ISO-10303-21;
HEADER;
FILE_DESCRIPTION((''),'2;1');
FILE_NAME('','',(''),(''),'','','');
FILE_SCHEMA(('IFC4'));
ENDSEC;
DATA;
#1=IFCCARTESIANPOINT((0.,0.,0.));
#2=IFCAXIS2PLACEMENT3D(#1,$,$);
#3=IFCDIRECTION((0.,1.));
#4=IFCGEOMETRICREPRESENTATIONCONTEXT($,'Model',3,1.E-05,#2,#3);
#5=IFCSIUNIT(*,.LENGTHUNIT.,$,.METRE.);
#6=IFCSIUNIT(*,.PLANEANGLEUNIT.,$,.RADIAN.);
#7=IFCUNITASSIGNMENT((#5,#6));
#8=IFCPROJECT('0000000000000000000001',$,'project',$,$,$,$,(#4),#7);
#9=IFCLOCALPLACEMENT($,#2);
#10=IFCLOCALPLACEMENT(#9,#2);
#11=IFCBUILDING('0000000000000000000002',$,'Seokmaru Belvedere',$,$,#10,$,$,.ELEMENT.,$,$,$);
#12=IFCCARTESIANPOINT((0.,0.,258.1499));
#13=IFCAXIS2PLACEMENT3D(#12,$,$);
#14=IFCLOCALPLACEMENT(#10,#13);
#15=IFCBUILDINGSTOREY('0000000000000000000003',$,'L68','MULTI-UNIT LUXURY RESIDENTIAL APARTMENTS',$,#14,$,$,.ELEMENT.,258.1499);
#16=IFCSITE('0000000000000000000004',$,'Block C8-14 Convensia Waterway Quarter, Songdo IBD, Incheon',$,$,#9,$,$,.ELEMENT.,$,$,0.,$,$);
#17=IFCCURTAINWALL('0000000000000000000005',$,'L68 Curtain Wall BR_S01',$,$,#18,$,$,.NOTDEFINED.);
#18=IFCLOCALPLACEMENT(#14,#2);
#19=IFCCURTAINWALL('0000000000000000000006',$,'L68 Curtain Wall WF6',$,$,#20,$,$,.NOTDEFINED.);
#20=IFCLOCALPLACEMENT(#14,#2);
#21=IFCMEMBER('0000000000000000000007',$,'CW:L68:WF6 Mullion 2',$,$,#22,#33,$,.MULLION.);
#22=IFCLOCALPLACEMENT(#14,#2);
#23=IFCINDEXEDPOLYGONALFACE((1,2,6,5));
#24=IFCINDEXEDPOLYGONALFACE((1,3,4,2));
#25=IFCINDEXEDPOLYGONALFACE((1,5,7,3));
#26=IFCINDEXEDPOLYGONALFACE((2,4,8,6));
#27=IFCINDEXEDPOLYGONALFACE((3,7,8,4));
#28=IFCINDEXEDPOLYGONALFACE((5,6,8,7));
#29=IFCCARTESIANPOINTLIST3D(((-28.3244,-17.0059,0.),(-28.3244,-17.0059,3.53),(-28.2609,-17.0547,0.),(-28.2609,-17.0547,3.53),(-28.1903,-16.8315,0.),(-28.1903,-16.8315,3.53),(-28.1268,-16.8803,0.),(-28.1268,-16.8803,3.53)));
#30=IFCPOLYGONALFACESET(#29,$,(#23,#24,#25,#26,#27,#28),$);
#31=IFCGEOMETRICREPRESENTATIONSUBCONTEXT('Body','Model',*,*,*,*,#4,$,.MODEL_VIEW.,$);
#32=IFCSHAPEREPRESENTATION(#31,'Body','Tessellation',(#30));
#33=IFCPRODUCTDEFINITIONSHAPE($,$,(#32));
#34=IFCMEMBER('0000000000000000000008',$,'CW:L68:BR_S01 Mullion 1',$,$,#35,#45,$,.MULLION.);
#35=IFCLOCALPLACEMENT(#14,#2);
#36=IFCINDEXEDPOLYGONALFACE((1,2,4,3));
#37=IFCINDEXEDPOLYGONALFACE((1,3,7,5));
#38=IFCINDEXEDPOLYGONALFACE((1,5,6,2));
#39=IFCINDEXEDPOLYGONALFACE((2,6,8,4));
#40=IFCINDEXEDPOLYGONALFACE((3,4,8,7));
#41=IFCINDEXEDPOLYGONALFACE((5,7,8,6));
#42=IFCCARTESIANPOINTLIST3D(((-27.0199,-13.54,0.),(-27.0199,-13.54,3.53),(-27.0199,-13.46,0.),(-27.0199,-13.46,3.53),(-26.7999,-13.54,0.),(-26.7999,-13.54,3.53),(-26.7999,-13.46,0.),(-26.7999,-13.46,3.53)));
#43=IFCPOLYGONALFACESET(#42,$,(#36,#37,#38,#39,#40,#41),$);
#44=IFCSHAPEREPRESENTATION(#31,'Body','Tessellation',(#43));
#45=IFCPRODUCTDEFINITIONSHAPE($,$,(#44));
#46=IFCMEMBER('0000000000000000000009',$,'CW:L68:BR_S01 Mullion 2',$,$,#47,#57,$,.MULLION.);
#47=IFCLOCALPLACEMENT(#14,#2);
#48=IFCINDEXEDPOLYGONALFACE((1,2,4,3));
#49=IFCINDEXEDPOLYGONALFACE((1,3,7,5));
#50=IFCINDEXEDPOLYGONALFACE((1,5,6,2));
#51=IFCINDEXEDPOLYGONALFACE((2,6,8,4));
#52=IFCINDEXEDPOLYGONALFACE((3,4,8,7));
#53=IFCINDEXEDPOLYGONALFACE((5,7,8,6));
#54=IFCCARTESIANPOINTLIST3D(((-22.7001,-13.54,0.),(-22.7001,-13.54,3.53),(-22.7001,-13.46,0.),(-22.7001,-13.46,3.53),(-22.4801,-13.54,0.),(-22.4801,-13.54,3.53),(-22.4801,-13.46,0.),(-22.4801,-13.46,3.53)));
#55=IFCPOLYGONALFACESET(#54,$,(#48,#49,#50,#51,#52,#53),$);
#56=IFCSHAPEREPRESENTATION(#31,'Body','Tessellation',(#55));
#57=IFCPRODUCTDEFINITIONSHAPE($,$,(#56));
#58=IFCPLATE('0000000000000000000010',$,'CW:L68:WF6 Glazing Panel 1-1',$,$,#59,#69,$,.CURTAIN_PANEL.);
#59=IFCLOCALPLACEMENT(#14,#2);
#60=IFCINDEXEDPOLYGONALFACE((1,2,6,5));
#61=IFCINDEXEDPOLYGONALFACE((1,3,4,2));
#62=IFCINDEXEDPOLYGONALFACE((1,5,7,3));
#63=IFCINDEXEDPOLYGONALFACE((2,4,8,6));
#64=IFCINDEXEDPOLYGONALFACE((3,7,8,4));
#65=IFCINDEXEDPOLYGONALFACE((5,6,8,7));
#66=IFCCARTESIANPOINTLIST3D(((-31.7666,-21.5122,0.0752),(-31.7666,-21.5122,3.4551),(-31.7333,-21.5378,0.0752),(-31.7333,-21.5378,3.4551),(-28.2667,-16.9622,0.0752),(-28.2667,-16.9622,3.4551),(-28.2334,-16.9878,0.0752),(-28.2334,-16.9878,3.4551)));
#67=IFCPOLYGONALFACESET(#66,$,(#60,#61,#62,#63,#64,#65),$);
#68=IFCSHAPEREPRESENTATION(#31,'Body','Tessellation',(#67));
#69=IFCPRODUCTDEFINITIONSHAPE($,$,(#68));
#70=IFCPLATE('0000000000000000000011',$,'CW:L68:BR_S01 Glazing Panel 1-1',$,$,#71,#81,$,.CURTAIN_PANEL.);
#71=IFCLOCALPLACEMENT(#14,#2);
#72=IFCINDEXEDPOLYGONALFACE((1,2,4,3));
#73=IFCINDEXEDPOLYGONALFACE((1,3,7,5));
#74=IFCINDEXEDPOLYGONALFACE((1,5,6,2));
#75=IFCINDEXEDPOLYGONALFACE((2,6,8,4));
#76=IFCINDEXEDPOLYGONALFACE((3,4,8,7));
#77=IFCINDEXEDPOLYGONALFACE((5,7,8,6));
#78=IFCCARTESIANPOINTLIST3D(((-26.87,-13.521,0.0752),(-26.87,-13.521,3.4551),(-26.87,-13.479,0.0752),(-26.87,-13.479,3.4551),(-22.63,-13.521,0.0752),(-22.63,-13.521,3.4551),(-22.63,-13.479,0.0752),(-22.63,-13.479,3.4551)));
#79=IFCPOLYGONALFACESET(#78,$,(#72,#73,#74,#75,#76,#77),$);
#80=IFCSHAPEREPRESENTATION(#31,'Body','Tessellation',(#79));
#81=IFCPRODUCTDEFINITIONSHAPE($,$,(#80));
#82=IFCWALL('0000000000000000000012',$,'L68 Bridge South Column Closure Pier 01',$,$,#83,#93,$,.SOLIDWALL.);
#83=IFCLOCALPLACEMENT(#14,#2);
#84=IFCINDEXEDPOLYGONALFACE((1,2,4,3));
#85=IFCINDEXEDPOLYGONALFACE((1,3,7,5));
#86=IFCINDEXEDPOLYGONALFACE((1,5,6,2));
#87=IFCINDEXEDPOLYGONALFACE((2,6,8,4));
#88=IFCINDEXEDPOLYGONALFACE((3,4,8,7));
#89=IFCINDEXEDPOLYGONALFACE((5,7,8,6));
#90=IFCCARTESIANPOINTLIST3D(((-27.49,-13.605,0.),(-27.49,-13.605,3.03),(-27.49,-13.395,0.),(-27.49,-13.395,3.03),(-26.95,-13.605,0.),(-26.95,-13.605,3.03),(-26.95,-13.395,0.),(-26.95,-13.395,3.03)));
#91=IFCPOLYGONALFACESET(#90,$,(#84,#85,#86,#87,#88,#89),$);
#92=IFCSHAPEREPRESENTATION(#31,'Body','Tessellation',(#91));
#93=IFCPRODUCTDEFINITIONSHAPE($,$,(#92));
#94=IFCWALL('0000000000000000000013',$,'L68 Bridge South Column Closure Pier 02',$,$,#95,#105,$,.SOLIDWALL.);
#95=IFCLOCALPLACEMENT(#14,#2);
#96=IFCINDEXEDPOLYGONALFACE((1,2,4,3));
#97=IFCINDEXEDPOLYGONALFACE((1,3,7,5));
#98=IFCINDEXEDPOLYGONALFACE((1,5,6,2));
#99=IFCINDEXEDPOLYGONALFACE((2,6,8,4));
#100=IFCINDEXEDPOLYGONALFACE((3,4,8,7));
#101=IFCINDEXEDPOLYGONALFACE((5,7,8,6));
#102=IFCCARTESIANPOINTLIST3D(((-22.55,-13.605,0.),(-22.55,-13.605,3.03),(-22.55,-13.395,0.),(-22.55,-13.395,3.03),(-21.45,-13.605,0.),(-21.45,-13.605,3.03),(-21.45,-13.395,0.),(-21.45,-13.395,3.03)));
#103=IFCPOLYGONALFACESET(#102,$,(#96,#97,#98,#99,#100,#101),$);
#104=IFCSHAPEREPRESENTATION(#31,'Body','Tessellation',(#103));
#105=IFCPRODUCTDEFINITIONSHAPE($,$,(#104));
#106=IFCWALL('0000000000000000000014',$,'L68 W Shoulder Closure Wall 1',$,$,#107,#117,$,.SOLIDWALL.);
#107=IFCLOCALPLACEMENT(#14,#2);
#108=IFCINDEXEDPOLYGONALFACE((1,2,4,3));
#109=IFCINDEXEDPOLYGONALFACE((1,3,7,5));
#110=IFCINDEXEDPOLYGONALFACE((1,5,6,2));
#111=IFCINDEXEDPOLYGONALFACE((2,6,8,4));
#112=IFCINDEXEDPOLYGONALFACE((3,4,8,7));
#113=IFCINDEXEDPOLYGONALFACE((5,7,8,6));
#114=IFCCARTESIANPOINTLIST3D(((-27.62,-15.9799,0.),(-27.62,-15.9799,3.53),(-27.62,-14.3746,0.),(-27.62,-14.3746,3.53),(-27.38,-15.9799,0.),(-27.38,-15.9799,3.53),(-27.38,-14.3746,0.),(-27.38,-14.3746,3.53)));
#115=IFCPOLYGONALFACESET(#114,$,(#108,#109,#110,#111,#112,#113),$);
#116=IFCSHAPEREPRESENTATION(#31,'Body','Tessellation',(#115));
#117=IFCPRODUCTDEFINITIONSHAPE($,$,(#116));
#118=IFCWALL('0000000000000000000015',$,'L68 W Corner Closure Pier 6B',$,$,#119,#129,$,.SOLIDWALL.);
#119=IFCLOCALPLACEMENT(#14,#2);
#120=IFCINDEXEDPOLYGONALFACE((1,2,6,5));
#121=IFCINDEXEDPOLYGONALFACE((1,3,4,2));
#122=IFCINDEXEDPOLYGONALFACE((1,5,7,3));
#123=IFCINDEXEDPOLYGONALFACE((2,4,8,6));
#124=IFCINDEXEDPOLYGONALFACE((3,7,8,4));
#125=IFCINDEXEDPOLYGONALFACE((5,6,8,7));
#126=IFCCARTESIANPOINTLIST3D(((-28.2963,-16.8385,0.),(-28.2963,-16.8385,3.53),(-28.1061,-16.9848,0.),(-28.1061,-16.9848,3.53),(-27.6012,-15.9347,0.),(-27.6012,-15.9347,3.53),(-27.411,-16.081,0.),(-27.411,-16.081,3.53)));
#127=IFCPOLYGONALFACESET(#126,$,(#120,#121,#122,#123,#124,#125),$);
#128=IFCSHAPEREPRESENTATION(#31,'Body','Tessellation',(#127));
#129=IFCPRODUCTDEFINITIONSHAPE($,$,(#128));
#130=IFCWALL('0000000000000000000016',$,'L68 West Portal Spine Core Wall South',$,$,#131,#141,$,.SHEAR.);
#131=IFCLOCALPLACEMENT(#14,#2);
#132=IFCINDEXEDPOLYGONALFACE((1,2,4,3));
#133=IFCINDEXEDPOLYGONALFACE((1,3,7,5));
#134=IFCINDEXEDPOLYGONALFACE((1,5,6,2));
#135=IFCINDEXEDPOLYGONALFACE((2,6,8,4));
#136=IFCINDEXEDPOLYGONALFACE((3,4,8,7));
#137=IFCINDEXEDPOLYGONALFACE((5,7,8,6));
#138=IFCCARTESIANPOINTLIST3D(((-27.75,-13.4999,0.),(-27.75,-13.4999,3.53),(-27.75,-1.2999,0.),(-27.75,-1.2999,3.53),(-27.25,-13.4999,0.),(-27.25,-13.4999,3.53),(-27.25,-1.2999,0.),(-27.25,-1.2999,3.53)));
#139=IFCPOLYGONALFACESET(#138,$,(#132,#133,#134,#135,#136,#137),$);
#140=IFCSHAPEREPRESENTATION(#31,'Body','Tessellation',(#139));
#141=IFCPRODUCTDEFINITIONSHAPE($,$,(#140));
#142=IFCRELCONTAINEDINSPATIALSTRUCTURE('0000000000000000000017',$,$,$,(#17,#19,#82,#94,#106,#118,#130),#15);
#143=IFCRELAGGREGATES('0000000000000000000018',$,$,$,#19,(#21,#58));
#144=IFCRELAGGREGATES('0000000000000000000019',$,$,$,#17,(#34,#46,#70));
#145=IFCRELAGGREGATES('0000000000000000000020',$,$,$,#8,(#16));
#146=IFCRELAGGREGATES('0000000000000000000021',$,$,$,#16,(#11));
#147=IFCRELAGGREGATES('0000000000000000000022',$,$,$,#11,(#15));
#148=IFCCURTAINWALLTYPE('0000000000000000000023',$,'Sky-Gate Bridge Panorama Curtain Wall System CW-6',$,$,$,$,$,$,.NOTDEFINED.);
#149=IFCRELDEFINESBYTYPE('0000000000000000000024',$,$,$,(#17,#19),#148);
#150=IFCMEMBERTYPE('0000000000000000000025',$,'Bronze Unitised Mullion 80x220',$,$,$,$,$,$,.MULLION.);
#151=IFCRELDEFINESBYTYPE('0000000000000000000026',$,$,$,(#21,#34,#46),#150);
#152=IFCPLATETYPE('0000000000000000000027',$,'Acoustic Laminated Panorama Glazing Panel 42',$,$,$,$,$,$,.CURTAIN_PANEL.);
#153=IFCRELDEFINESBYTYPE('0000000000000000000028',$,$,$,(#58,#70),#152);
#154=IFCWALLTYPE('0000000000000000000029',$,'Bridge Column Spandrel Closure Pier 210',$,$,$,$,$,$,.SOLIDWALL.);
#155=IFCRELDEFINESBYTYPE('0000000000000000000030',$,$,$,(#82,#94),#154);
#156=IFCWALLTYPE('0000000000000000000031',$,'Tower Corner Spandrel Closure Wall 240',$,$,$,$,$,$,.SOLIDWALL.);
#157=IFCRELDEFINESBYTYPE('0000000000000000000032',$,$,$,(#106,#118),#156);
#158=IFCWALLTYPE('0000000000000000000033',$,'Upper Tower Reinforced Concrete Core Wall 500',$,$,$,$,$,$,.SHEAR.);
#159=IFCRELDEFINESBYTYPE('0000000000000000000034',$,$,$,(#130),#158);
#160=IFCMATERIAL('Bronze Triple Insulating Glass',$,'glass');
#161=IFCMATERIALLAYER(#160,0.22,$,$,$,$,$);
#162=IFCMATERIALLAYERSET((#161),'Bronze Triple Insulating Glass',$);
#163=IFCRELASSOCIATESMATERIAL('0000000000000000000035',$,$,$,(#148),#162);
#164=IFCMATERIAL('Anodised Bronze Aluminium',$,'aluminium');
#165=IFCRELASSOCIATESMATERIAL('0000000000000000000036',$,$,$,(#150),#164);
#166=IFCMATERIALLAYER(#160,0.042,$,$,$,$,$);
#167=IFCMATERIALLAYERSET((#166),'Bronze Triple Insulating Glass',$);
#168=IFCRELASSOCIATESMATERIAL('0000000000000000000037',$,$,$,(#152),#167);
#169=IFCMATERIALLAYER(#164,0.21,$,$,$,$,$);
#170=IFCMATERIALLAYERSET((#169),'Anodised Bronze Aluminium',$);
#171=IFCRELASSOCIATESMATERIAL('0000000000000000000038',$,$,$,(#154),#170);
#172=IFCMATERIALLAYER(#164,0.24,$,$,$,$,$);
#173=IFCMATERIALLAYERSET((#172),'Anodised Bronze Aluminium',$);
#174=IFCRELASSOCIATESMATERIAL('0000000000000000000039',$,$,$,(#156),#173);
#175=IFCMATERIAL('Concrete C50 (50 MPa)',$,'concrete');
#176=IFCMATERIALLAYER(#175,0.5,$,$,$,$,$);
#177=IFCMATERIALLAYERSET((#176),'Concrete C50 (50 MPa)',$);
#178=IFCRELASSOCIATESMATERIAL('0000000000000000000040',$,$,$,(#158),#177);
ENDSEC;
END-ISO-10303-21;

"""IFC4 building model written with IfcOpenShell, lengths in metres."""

from ifc_helpers import new_model, si_unit, direction, frame, frame_2d, origin, origin_2d, place, context, subcontext, project, spatial, rectangle, extrude, source, transform, mapped, material, layer, layer_set, material_profile, profile_set, type_object, type_shapes, element, aggregate, save


model = new_model("IFC4")

# Units and contexts
model_context = context("Model", 3, precision=1e-05, world=origin(), true_north=direction((0.0, 1.0)))
body_context = subcontext(model_context, "Body", "Model", "MODEL_VIEW")
ifc_project = project(units=[si_unit("LENGTHUNIT", "METRE"), si_unit("PLANEANGLEUNIT", "RADIAN")], contexts=[model_context])

# Site, building, storey
site_placement = place(None, origin())
site = spatial("IfcSite", under=ifc_project, at=site_placement, Name="Block C8-14 Convensia Waterway Quarter, Songdo IBD, Incheon", CompositionType="ELEMENT", RefElevation=0.0)
building_placement = place(site_placement, origin())
building = spatial("IfcBuilding", under=site, at=building_placement, Name="Seokmaru Belvedere", CompositionType="ELEMENT")
storey_placement = place(building_placement, frame((0.0, 0.0, 258.1499)))
storey = spatial("IfcBuildingStorey", under=building, at=storey_placement, Name="L68", Description="MULTI-UNIT LUXURY RESIDENTIAL APARTMENTS", CompositionType="ELEMENT", Elevation=258.1499)

# Curtain wall
ifc_material_1 = material(Name="Bronze Triple Insulating Glass", Category="glass")
ifc_layer_1 = layer(ifc_material_1, 0.22)
ifc_layer_set_1 = layer_set([ifc_layer_1], Name="Bronze Triple Insulating Glass")
curtain_wall_type = type_object("IfcCurtainWallType", Name="Sky-Gate Bridge Panorama Curtain Wall System CW-6", PredefinedType="NOTDEFINED", material=ifc_layer_set_1)
curtain_wall_1_placement = place(storey_placement, origin())
curtain_wall_1 = element("IfcCurtainWall", 1, at=curtain_wall_1_placement, inside=storey, type_object=curtain_wall_type, Name="L68 Curtain Wall BR_S01", PredefinedType="NOTDEFINED")
ifc_material_2 = material(Name="Anodised Bronze Aluminium", Category="aluminium")

# Curtain wall, member
curtain_wall_2_placement = place(storey_placement, origin())
curtain_wall_2 = element("IfcCurtainWall", 2, at=curtain_wall_2_placement, inside=storey, type_object=curtain_wall_type, Name="L68 Curtain Wall WF6", PredefinedType="NOTDEFINED")
ifc_material_profile_1 = material_profile(ifc_material_2, rectangle(XDim=0.0801, YDim=0.22, at=origin_2d()), Name="CW-M-80x220")
ifc_profile_set_1 = profile_set([ifc_material_profile_1], Name="Anodised Bronze Aluminium")
member_type_1 = type_object("IfcMemberType", Name="Bronze Unitised Mullion 80x220", PredefinedType="MULLION", material=ifc_profile_set_1)
shared_shape_1 = source(origin(), body_context, "Body", "SweptSolid", [
    extrude(rectangle(XDim=0.0801, YDim=0.22, at=origin_2d()), origin(), (0.0, 0.0, 1.0), 3.53),
])
type_shapes(member_type_1, [shared_shape_1])
member_1_placement = place(storey_placement, frame((-28.2256, -16.9431, 0.0), z_axis=(0.0, 0.0, 1.0), x_axis=(-0.792631, 0.609701, 0.0)))
member_1 = element("IfcMember", 3, at=member_1_placement, type_object=member_type_1, Name="CW:L68:WF6 Mullion 2", PredefinedType="MULLION", context=body_context, shape_type="MappedRepresentation", body=[
    mapped(shared_shape_1, transform((0.0, 0.0, 0.0), scale=1.0)),
])

# Members
member_2_placement = place(storey_placement, frame((-26.9099, -13.5, 0.0), z_axis=(0.0, 0.0, 1.0), x_axis=(0.0, 1.0, 0.0)))
member_2 = element("IfcMember", 4, at=member_2_placement, type_object=member_type_1, Name="CW:L68:BR_S01 Mullion 1", PredefinedType="MULLION", context=body_context, shape_type="MappedRepresentation", body=[
    mapped(shared_shape_1, transform((0.0, 0.0, 0.0), scale=1.0)),
])
member_3_placement = place(storey_placement, frame((-22.5901, -13.5, 0.0), z_axis=(0.0, 0.0, 1.0), x_axis=(0.0, 1.0, 0.0)))
member_3 = element("IfcMember", 5, at=member_3_placement, type_object=member_type_1, Name="CW:L68:BR_S01 Mullion 2", PredefinedType="MULLION", context=body_context, shape_type="MappedRepresentation", body=[
    mapped(shared_shape_1, transform((0.0, 0.0, 0.0), scale=1.0)),
])

# Plates
ifc_layer_2 = layer(ifc_material_1, 0.042)
ifc_layer_set_2 = layer_set([ifc_layer_2], Name="Bronze Triple Insulating Glass")
plate_type = type_object("IfcPlateType", Name="Acoustic Laminated Panorama Glazing Panel 42", PredefinedType="CURTAIN_PANEL", material=ifc_layer_set_2)
shared_shape_2 = source(origin(), body_context, "Body", "SweptSolid", [
    extrude(rectangle(XDim=5.7405, YDim=0.042, at=origin_2d()), origin(), (0.0, 0.0, 1.0), 3.3799),
])
plate_1_placement = place(storey_placement, frame((-30.0, -19.25, 0.0752), z_axis=(0.0, 0.0, 1.0), x_axis=(0.609701, 0.792631, 0.0)))
plate_1 = element("IfcPlate", 6, at=plate_1_placement, type_object=plate_type, Name="CW:L68:WF6 Glazing Panel 1-1", PredefinedType="CURTAIN_PANEL", context=body_context, shape_type="MappedRepresentation", body=[
    mapped(shared_shape_2, transform((0.0, 0.0, 0.0), scale=1.0)),
])
aggregate(curtain_wall_2, [member_1, plate_1])
shared_shape_3 = source(origin(), body_context, "Body", "SweptSolid", [
    extrude(rectangle(XDim=4.24, YDim=0.042, at=origin_2d()), origin(), (0.0, 0.0, 1.0), 3.3799),
])
type_shapes(plate_type, [shared_shape_2, shared_shape_3])
plate_2_placement = place(storey_placement, frame((-24.75, -13.5, 0.0752), z_axis=(0.0, 0.0, 1.0), x_axis=(1.0, 0.0, 0.0)))
plate_2 = element("IfcPlate", 7, at=plate_2_placement, type_object=plate_type, Name="CW:L68:BR_S01 Glazing Panel 1-1", PredefinedType="CURTAIN_PANEL", context=body_context, shape_type="MappedRepresentation", body=[
    mapped(shared_shape_3, transform((0.0, 0.0, 0.0), scale=1.0)),
])
aggregate(curtain_wall_1, [member_2, member_3, plate_2])

# Walls
ifc_layer_3 = layer(ifc_material_2, 0.21)
ifc_layer_set_3 = layer_set([ifc_layer_3], Name="Anodised Bronze Aluminium")
wall_type_1 = type_object("IfcWallType", Name="Bridge Column Spandrel Closure Pier 210", PredefinedType="SOLIDWALL", material=ifc_layer_set_3)
wall_1_placement = place(storey_placement, frame((-27.49, -13.5, 0.0), z_axis=(0.0, 0.0, 1.0), x_axis=(1.0, 0.0, 0.0)))
element("IfcWall", 8, at=wall_1_placement, inside=storey, type_object=wall_type_1, Name="L68 Bridge South Column Closure Pier 01", PredefinedType="SOLIDWALL", context=body_context, shape_type="SweptSolid", body=[
    extrude(rectangle(XDim=0.54, YDim=0.21, at=frame_2d((0.27, 0.0))), origin(), (0.0, 0.0, 1.0), 3.03),
])
wall_2_placement = place(storey_placement, frame((-22.55, -13.5, 0.0), z_axis=(0.0, 0.0, 1.0), x_axis=(1.0, 0.0, 0.0)))
element("IfcWall", 9, at=wall_2_placement, inside=storey, type_object=wall_type_1, Name="L68 Bridge South Column Closure Pier 02", PredefinedType="SOLIDWALL", context=body_context, shape_type="SweptSolid", body=[
    extrude(rectangle(XDim=1.1001, YDim=0.21, at=frame_2d((0.55, 0.0))), origin(), (0.0, 0.0, 1.0), 3.03),
])
ifc_layer_4 = layer(ifc_material_2, 0.24)
ifc_layer_set_4 = layer_set([ifc_layer_4], Name="Anodised Bronze Aluminium")
wall_type_2 = type_object("IfcWallType", Name="Tower Corner Spandrel Closure Wall 240", PredefinedType="SOLIDWALL", material=ifc_layer_set_4)
wall_3_placement = place(storey_placement, frame((-27.5, -15.98, 0.0), z_axis=(0.0, 0.0, 1.0), x_axis=(0.0, 1.0, 0.0)))
element("IfcWall", 10, at=wall_3_placement, inside=storey, type_object=wall_type_2, Name="L68 W Shoulder Closure Wall 1", PredefinedType="SOLIDWALL", context=body_context, shape_type="SweptSolid", body=[
    extrude(rectangle(XDim=1.6052, YDim=0.24, at=frame_2d((0.8027, 0.0))), origin(), (0.0, 0.0, 1.0), 3.53),
])
wall_4_placement = place(storey_placement, frame((-28.2012, -16.9116, 0.0), z_axis=(0.0, 0.0, 1.0), x_axis=(0.609618, 0.792696, 0.0)))
element("IfcWall", 11, at=wall_4_placement, inside=storey, type_object=wall_type_2, Name="L68 W Corner Closure Pier 6B", PredefinedType="SOLIDWALL", context=body_context, shape_type="SweptSolid", body=[
    extrude(rectangle(XDim=1.1401, YDim=0.24, at=frame_2d((0.5701, 0.0))), origin(), (0.0, 0.0, 1.0), 3.53),
])
ifc_material_3 = material(Name="Concrete C50 (50 MPa)", Category="concrete")
ifc_layer_5 = layer(ifc_material_3, 0.5)
ifc_layer_set_5 = layer_set([ifc_layer_5], Name="Concrete C50 (50 MPa)")
wall_type_3 = type_object("IfcWallType", Name="Upper Tower Reinforced Concrete Core Wall 500", PredefinedType="SHEAR", material=ifc_layer_set_5)
wall_5_placement = place(storey_placement, frame((-27.5, -13.5, 0.0), z_axis=(0.0, 0.0, 1.0), x_axis=(0.0, 1.0, 0.0)))
element("IfcWall", 12, at=wall_5_placement, inside=storey, type_object=wall_type_3, Name="L68 West Portal Spine Core Wall South", PredefinedType="SHEAR", context=body_context, shape_type="SweptSolid", body=[
    extrude(rectangle(XDim=12.2, YDim=0.5, at=frame_2d((6.1001, 0.0))), origin(), (0.0, 0.0, 1.0), 3.53),
])

save(model, "model.ifc")
